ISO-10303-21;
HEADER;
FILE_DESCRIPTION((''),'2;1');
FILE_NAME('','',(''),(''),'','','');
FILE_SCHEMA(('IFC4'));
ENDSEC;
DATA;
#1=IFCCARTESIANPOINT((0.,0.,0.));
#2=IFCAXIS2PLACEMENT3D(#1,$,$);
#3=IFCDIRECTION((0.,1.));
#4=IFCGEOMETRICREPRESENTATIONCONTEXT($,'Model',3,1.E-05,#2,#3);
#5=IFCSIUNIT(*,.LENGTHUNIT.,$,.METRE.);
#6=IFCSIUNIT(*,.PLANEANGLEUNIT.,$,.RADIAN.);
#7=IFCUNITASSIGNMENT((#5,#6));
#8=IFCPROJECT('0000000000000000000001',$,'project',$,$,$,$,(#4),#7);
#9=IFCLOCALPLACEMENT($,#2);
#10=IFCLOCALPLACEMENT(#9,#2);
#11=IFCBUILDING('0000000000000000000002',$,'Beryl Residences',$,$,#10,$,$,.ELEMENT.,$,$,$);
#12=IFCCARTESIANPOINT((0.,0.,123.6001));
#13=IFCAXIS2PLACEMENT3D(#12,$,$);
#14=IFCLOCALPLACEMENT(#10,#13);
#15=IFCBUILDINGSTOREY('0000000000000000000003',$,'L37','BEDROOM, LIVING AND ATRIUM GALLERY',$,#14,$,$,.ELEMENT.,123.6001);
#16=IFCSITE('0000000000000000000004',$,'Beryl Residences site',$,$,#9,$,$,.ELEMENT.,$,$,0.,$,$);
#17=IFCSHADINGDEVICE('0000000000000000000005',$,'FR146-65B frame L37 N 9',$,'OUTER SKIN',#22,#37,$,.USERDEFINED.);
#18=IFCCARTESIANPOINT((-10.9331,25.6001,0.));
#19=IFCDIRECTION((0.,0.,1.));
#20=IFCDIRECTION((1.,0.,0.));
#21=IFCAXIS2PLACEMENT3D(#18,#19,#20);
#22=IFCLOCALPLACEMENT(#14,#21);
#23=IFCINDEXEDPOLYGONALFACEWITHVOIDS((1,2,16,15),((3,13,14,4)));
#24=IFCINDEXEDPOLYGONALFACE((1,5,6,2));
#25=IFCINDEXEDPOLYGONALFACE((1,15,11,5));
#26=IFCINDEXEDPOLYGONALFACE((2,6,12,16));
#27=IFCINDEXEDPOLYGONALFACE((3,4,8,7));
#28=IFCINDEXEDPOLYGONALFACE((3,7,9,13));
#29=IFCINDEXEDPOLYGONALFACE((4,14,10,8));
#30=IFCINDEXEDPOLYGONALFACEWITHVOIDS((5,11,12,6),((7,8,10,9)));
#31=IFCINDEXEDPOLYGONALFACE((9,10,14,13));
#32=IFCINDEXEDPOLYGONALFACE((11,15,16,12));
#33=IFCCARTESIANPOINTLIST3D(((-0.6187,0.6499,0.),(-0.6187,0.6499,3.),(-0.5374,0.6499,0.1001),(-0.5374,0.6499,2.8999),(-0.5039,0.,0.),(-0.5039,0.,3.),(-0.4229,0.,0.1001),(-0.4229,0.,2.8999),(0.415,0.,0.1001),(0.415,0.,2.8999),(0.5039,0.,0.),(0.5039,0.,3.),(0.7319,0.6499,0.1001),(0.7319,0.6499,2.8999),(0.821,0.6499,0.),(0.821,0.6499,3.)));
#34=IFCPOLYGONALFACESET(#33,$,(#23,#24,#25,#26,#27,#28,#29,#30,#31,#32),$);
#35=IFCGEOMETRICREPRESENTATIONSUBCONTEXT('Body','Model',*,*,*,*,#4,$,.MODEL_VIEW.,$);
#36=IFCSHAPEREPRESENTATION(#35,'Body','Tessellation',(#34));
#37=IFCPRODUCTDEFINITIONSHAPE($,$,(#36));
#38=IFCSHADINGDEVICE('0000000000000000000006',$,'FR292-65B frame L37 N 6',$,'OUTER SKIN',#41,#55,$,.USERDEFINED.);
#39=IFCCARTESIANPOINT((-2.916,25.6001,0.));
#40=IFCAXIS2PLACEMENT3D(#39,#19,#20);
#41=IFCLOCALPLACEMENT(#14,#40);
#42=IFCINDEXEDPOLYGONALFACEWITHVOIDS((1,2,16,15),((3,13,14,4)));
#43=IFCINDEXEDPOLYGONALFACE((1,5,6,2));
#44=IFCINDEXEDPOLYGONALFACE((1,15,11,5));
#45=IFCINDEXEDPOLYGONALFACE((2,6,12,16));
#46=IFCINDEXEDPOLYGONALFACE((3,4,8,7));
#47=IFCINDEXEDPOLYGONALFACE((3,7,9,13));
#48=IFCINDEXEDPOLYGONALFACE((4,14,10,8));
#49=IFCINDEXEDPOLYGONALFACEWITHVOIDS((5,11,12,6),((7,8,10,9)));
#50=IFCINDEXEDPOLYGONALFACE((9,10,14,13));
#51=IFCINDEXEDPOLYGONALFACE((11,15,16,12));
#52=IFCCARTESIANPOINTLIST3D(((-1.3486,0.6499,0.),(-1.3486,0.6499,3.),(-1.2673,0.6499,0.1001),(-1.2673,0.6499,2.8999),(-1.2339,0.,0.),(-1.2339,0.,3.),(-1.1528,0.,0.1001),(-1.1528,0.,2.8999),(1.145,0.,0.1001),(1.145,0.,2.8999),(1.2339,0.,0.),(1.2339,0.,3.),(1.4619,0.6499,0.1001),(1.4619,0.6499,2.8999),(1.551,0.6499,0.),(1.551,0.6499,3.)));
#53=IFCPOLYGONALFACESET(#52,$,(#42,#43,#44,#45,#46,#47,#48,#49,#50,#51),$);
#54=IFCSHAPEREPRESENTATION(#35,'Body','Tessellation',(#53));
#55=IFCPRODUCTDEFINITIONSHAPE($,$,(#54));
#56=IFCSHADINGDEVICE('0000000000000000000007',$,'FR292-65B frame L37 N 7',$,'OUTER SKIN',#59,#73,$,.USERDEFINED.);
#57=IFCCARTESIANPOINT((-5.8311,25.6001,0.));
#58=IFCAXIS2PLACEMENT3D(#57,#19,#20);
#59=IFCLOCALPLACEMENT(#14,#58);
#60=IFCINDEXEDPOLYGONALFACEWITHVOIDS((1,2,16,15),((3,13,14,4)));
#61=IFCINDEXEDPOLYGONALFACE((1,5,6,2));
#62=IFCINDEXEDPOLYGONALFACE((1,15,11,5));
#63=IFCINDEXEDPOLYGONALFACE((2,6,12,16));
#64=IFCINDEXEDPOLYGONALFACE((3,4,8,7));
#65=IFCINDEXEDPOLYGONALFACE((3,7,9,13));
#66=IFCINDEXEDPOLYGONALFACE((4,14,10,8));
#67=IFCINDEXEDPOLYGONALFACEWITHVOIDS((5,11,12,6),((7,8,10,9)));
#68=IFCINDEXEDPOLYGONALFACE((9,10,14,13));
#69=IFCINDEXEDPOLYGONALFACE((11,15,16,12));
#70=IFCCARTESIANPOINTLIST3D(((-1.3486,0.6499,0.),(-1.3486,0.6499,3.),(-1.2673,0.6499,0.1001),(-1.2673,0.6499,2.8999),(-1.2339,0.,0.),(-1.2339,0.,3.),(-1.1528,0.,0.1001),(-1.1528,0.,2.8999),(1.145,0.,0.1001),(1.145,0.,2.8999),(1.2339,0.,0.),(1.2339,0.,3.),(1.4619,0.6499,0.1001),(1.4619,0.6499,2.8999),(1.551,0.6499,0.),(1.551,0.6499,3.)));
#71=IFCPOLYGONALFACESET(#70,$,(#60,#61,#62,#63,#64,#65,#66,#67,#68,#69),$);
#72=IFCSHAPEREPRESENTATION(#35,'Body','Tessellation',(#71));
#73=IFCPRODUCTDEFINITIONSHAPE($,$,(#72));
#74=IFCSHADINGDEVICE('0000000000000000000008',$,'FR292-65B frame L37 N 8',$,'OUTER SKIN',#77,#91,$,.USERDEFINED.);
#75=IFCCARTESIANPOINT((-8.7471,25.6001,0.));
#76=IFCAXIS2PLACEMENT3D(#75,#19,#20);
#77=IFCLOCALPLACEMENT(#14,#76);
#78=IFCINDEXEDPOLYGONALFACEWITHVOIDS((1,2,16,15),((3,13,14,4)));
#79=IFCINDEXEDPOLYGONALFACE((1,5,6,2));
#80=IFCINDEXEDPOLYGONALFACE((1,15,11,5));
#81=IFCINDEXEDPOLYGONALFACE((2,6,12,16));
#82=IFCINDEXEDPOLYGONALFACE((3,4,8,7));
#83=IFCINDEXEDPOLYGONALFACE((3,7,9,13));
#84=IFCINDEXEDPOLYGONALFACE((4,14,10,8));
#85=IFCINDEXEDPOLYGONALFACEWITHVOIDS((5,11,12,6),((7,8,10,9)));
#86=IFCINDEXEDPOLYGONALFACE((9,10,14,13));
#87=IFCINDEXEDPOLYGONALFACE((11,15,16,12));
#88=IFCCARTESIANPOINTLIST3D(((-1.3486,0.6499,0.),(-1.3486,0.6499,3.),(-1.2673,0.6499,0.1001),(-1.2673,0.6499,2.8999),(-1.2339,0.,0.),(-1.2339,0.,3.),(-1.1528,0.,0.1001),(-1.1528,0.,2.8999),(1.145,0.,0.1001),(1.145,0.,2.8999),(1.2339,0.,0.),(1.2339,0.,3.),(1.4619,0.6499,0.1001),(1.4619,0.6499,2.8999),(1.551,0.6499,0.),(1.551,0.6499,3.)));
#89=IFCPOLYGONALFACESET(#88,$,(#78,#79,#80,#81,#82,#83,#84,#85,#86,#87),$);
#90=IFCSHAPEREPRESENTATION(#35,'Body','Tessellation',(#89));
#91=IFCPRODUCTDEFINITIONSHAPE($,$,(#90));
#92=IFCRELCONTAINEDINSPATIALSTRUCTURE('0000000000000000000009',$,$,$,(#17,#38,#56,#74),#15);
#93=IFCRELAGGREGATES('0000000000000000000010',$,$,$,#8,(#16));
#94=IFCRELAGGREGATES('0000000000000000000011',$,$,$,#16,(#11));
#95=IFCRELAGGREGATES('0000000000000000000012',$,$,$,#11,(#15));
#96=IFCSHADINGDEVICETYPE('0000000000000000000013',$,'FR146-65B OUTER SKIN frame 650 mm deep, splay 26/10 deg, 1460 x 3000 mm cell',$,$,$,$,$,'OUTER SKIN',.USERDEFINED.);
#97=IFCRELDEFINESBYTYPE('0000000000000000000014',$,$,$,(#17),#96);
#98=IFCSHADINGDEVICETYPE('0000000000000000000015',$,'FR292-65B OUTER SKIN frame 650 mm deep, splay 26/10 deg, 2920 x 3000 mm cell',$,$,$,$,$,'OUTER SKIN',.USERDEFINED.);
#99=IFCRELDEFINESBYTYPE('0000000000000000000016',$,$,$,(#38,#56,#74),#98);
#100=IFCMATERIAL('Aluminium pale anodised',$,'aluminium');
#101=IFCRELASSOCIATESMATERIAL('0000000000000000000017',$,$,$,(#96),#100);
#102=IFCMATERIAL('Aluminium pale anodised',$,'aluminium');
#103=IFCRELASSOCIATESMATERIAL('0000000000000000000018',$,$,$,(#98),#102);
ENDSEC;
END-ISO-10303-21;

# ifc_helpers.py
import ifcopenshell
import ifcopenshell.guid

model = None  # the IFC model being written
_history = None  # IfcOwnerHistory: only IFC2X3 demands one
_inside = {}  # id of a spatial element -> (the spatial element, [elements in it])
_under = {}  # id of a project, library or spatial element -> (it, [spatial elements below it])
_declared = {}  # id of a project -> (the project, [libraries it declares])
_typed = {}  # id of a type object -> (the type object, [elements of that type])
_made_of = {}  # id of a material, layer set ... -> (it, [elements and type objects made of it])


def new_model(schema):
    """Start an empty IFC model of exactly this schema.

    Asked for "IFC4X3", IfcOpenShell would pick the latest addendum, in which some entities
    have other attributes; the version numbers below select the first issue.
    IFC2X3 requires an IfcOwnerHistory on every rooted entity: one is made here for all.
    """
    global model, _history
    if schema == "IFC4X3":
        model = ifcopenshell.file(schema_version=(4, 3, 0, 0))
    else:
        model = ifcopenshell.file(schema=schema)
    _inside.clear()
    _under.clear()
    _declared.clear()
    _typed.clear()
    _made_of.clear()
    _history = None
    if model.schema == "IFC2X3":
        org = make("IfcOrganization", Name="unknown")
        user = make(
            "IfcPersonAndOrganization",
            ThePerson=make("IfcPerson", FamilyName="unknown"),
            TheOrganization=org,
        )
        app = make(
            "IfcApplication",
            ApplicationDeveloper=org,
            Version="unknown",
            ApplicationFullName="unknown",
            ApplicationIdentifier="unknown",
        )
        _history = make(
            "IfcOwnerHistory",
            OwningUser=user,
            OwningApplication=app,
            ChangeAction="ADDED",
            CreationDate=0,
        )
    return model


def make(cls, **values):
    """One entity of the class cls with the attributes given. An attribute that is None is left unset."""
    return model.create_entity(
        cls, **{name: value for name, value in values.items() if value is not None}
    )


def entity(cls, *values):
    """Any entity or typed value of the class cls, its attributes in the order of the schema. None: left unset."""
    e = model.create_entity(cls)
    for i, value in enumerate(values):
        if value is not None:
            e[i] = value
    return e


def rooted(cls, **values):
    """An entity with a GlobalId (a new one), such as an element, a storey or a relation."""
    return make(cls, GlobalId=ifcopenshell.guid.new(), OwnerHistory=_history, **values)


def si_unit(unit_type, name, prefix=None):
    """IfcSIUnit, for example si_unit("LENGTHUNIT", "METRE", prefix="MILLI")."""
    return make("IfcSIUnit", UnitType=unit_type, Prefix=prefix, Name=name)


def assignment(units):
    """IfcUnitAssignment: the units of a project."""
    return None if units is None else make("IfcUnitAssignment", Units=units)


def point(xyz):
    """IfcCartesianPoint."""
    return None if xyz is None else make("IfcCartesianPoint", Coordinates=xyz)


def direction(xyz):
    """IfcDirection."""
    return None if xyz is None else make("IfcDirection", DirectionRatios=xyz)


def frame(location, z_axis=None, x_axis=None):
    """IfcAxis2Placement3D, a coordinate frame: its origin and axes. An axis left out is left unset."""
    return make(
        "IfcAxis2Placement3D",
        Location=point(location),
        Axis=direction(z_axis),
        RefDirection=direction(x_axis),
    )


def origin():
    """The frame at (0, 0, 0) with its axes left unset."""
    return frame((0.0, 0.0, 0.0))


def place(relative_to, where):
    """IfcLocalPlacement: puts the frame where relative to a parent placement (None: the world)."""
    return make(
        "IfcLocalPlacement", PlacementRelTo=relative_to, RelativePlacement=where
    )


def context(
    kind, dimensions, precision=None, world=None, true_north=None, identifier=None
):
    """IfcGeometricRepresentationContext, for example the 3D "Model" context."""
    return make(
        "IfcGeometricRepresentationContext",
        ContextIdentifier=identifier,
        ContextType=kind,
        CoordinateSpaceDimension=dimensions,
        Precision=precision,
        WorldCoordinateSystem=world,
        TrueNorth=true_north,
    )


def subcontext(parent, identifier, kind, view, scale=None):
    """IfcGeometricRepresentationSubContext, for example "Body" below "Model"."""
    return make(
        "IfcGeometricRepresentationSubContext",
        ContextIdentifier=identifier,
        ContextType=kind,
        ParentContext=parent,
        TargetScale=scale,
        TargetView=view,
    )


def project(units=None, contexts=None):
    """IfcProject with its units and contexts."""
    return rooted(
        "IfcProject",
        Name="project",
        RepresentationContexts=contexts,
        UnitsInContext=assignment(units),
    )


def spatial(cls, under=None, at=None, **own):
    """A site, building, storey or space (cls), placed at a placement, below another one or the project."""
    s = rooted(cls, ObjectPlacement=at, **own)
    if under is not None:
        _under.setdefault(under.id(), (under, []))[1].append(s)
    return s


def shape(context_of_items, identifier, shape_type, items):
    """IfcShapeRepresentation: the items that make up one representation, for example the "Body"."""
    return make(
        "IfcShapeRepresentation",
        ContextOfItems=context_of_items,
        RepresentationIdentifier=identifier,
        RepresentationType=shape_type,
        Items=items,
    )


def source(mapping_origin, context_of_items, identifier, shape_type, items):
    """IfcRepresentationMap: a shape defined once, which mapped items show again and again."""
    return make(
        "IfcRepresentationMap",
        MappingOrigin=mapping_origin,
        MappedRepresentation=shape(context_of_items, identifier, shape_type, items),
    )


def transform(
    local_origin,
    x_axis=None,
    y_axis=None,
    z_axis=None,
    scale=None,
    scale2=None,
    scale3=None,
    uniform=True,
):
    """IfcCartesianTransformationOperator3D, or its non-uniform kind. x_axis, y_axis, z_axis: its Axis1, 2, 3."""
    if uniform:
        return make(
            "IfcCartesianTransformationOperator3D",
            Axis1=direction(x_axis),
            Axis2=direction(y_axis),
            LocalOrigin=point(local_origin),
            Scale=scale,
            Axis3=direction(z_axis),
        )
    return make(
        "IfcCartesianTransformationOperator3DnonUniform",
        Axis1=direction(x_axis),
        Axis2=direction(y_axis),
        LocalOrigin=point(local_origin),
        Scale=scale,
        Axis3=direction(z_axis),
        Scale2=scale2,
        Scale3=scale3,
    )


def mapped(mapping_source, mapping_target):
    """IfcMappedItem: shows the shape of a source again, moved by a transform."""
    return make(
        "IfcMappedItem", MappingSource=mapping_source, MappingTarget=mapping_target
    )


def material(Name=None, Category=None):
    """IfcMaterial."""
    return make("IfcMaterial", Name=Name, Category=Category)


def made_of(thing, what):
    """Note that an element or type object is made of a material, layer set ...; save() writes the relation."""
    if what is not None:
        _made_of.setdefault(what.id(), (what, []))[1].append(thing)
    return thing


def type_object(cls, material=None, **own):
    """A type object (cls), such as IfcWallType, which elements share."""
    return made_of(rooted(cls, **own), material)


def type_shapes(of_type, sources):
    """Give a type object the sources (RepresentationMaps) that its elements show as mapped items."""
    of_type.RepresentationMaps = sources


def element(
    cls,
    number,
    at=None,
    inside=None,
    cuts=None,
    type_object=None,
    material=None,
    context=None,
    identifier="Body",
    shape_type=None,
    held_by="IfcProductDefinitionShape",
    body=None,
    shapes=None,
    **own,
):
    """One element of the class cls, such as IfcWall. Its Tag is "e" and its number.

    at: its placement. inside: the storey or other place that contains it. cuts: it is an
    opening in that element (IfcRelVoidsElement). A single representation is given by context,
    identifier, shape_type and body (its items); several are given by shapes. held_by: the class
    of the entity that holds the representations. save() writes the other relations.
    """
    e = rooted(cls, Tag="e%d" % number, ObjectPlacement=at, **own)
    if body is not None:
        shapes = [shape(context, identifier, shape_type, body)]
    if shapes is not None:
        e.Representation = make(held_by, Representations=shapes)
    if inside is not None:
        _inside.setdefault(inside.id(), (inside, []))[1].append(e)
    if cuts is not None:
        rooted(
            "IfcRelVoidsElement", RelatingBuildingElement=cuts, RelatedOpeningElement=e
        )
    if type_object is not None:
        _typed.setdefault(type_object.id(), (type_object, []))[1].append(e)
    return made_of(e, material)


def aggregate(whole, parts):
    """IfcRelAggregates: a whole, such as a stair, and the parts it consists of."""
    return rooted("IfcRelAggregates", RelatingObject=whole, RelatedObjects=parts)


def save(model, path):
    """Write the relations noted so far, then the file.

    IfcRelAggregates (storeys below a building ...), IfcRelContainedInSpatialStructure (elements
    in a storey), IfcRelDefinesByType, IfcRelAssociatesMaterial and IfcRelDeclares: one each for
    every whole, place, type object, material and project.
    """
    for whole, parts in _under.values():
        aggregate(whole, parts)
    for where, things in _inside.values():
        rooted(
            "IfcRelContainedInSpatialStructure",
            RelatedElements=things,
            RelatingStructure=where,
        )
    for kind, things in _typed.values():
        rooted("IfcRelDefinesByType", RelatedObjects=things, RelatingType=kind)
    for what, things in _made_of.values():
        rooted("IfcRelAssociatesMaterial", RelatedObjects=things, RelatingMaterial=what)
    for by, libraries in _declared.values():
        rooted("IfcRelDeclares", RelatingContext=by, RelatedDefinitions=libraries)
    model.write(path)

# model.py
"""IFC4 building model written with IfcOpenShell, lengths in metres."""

from ifc_helpers import new_model, entity, si_unit, direction, frame, origin, place, context, subcontext, project, spatial, source, transform, mapped, material, type_object, type_shapes, element, save


model = new_model("IFC4")

# Units and contexts
model_context = context("Model", 3, precision=1e-05, world=origin(), true_north=direction((0.0, 1.0)))
body_context = subcontext(model_context, "Body", "Model", "MODEL_VIEW")
ifc_project = project(units=[si_unit("LENGTHUNIT", "METRE"), si_unit("PLANEANGLEUNIT", "RADIAN")], contexts=[model_context])

# Site, building, storey
site_placement = place(None, origin())
site = spatial("IfcSite", under=ifc_project, at=site_placement, Name="Beryl Residences site", CompositionType="ELEMENT", RefElevation=0.0)
building_placement = place(site_placement, origin())
building = spatial("IfcBuilding", under=site, at=building_placement, Name="Beryl Residences", CompositionType="ELEMENT")
storey_placement = place(building_placement, frame((0.0, 0.0, 123.6001)))
storey = spatial("IfcBuildingStorey", under=building, at=storey_placement, Name="L37", Description="BEDROOM, LIVING AND ATRIUM GALLERY", CompositionType="ELEMENT", Elevation=123.6001)

# Shading devices
ifc_material_1 = material(Name="Aluminium pale anodised", Category="aluminium")
shading_device_type_1 = type_object("IfcShadingDeviceType", Name="FR146-65B OUTER SKIN frame 650 mm deep, splay 26/10 deg, 1460 x 3000 mm cell", ElementType="OUTER SKIN", PredefinedType="USERDEFINED", material=ifc_material_1)
cartesian_point_1 = entity("IfcCartesianPoint", [-0.5039, 0.0])
cartesian_point_2 = entity("IfcCartesianPoint", [-0.415, 0.1001])
cartesian_point_3 = entity("IfcCartesianPoint", [-0.821, 0.0])
cartesian_point_4 = entity("IfcCartesianPoint", [-0.7319, 0.1001])
shared_shape_1 = source(origin(), body_context, "Body", "SweptSolid", [
    entity("IfcExtrudedAreaSolidTapered", entity("IfcArbitraryProfileDefWithVoids", "AREA", None, entity("IfcPolyline", [cartesian_point_1, entity("IfcCartesianPoint", [0.5039, 0.0]), entity("IfcCartesianPoint", [0.5039, 3.0]), entity("IfcCartesianPoint", [-0.5039, 3.0]), cartesian_point_1]), [entity("IfcPolyline", [cartesian_point_2, entity("IfcCartesianPoint", [0.4229, 0.1001]), entity("IfcCartesianPoint", [0.4229, 2.8999]), entity("IfcCartesianPoint", [-0.415, 2.8999]), cartesian_point_2])]), entity("IfcAxis2Placement3D", entity("IfcCartesianPoint", [0.0, 0.0, 0.0]), entity("IfcDirection", [0.0, 1.0, 0.0]), entity("IfcDirection", [-1.0, 0.0, 0.0])), entity("IfcDirection", [0.0, 0.0, 1.0]), 0.6499, entity("IfcArbitraryProfileDefWithVoids", "AREA", None, entity("IfcPolyline", [cartesian_point_3, entity("IfcCartesianPoint", [0.6187, 0.0]), entity("IfcCartesianPoint", [0.6187, 3.0]), entity("IfcCartesianPoint", [-0.821, 3.0]), cartesian_point_3]), [entity("IfcPolyline", [cartesian_point_4, entity("IfcCartesianPoint", [0.5374, 0.1001]), entity("IfcCartesianPoint", [0.5374, 2.8999]), entity("IfcCartesianPoint", [-0.7319, 2.8999]), cartesian_point_4])])),
])
type_shapes(shading_device_type_1, [shared_shape_1])
shading_device_placement = place(storey_placement, frame((-10.9331, 25.6001, 0.0), z_axis=(0.0, 0.0, 1.0), x_axis=(1.0, 0.0, 0.0)))
element("IfcShadingDevice", 1, at=shading_device_placement, inside=storey, type_object=shading_device_type_1, Name="FR146-65B frame L37 N 9", ObjectType="OUTER SKIN", PredefinedType="USERDEFINED", context=body_context, shape_type="MappedRepresentation", body=[
    mapped(shared_shape_1, transform((0.0, 0.0, 0.0))),
])
ifc_material_2 = material(Name="Aluminium pale anodised", Category="aluminium")
shading_device_type_2 = type_object("IfcShadingDeviceType", Name="FR292-65B OUTER SKIN frame 650 mm deep, splay 26/10 deg, 2920 x 3000 mm cell", ElementType="OUTER SKIN", PredefinedType="USERDEFINED", material=ifc_material_2)
cartesian_point_5 = entity("IfcCartesianPoint", [-1.2339, 0.0])
cartesian_point_6 = entity("IfcCartesianPoint", [-1.145, 0.1001])
cartesian_point_7 = entity("IfcCartesianPoint", [-1.551, 0.0])
cartesian_point_8 = entity("IfcCartesianPoint", [-1.4619, 0.1001])
shared_shape_2 = source(origin(), body_context, "Body", "SweptSolid", [
    entity("IfcExtrudedAreaSolidTapered", entity("IfcArbitraryProfileDefWithVoids", "AREA", None, entity("IfcPolyline", [cartesian_point_5, entity("IfcCartesianPoint", [1.2339, 0.0]), entity("IfcCartesianPoint", [1.2339, 3.0]), entity("IfcCartesianPoint", [-1.2339, 3.0]), cartesian_point_5]), [entity("IfcPolyline", [cartesian_point_6, entity("IfcCartesianPoint", [1.1528, 0.1001]), entity("IfcCartesianPoint", [1.1528, 2.8999]), entity("IfcCartesianPoint", [-1.145, 2.8999]), cartesian_point_6])]), entity("IfcAxis2Placement3D", entity("IfcCartesianPoint", [0.0, 0.0, 0.0]), entity("IfcDirection", [0.0, 1.0, 0.0]), entity("IfcDirection", [-1.0, 0.0, 0.0])), entity("IfcDirection", [0.0, 0.0, 1.0]), 0.6499, entity("IfcArbitraryProfileDefWithVoids", "AREA", None, entity("IfcPolyline", [cartesian_point_7, entity("IfcCartesianPoint", [1.3486, 0.0]), entity("IfcCartesianPoint", [1.3486, 3.0]), entity("IfcCartesianPoint", [-1.551, 3.0]), cartesian_point_7]), [entity("IfcPolyline", [cartesian_point_8, entity("IfcCartesianPoint", [1.2673, 0.1001]), entity("IfcCartesianPoint", [1.2673, 2.8999]), entity("IfcCartesianPoint", [-1.4619, 2.8999]), cartesian_point_8])])),
])
type_shapes(shading_device_type_2, [shared_shape_2])
for number, where, z_axis, x_axis, name in (
    (2, (-2.916, 25.6001, 0.0), (0.0, 0.0, 1.0), (1.0, 0.0, 0.0), "FR292-65B frame L37 N 6"),
    (3, (-5.8311, 25.6001, 0.0), (0.0, 0.0, 1.0), (1.0, 0.0, 0.0), "FR292-65B frame L37 N 7"),
    (4, (-8.7471, 25.6001, 0.0), (0.0, 0.0, 1.0), (1.0, 0.0, 0.0), "FR292-65B frame L37 N 8"),
):
    element("IfcShadingDevice", number, at=place(storey_placement, frame(where, z_axis=z_axis, x_axis=x_axis)), inside=storey, type_object=shading_device_type_2, Name=name, ObjectType="OUTER SKIN", PredefinedType="USERDEFINED", context=body_context, shape_type="MappedRepresentation", body=[
        mapped(shared_shape_2, transform((0.0, 0.0, 0.0))),
    ])

save(model, "model.ifc")
